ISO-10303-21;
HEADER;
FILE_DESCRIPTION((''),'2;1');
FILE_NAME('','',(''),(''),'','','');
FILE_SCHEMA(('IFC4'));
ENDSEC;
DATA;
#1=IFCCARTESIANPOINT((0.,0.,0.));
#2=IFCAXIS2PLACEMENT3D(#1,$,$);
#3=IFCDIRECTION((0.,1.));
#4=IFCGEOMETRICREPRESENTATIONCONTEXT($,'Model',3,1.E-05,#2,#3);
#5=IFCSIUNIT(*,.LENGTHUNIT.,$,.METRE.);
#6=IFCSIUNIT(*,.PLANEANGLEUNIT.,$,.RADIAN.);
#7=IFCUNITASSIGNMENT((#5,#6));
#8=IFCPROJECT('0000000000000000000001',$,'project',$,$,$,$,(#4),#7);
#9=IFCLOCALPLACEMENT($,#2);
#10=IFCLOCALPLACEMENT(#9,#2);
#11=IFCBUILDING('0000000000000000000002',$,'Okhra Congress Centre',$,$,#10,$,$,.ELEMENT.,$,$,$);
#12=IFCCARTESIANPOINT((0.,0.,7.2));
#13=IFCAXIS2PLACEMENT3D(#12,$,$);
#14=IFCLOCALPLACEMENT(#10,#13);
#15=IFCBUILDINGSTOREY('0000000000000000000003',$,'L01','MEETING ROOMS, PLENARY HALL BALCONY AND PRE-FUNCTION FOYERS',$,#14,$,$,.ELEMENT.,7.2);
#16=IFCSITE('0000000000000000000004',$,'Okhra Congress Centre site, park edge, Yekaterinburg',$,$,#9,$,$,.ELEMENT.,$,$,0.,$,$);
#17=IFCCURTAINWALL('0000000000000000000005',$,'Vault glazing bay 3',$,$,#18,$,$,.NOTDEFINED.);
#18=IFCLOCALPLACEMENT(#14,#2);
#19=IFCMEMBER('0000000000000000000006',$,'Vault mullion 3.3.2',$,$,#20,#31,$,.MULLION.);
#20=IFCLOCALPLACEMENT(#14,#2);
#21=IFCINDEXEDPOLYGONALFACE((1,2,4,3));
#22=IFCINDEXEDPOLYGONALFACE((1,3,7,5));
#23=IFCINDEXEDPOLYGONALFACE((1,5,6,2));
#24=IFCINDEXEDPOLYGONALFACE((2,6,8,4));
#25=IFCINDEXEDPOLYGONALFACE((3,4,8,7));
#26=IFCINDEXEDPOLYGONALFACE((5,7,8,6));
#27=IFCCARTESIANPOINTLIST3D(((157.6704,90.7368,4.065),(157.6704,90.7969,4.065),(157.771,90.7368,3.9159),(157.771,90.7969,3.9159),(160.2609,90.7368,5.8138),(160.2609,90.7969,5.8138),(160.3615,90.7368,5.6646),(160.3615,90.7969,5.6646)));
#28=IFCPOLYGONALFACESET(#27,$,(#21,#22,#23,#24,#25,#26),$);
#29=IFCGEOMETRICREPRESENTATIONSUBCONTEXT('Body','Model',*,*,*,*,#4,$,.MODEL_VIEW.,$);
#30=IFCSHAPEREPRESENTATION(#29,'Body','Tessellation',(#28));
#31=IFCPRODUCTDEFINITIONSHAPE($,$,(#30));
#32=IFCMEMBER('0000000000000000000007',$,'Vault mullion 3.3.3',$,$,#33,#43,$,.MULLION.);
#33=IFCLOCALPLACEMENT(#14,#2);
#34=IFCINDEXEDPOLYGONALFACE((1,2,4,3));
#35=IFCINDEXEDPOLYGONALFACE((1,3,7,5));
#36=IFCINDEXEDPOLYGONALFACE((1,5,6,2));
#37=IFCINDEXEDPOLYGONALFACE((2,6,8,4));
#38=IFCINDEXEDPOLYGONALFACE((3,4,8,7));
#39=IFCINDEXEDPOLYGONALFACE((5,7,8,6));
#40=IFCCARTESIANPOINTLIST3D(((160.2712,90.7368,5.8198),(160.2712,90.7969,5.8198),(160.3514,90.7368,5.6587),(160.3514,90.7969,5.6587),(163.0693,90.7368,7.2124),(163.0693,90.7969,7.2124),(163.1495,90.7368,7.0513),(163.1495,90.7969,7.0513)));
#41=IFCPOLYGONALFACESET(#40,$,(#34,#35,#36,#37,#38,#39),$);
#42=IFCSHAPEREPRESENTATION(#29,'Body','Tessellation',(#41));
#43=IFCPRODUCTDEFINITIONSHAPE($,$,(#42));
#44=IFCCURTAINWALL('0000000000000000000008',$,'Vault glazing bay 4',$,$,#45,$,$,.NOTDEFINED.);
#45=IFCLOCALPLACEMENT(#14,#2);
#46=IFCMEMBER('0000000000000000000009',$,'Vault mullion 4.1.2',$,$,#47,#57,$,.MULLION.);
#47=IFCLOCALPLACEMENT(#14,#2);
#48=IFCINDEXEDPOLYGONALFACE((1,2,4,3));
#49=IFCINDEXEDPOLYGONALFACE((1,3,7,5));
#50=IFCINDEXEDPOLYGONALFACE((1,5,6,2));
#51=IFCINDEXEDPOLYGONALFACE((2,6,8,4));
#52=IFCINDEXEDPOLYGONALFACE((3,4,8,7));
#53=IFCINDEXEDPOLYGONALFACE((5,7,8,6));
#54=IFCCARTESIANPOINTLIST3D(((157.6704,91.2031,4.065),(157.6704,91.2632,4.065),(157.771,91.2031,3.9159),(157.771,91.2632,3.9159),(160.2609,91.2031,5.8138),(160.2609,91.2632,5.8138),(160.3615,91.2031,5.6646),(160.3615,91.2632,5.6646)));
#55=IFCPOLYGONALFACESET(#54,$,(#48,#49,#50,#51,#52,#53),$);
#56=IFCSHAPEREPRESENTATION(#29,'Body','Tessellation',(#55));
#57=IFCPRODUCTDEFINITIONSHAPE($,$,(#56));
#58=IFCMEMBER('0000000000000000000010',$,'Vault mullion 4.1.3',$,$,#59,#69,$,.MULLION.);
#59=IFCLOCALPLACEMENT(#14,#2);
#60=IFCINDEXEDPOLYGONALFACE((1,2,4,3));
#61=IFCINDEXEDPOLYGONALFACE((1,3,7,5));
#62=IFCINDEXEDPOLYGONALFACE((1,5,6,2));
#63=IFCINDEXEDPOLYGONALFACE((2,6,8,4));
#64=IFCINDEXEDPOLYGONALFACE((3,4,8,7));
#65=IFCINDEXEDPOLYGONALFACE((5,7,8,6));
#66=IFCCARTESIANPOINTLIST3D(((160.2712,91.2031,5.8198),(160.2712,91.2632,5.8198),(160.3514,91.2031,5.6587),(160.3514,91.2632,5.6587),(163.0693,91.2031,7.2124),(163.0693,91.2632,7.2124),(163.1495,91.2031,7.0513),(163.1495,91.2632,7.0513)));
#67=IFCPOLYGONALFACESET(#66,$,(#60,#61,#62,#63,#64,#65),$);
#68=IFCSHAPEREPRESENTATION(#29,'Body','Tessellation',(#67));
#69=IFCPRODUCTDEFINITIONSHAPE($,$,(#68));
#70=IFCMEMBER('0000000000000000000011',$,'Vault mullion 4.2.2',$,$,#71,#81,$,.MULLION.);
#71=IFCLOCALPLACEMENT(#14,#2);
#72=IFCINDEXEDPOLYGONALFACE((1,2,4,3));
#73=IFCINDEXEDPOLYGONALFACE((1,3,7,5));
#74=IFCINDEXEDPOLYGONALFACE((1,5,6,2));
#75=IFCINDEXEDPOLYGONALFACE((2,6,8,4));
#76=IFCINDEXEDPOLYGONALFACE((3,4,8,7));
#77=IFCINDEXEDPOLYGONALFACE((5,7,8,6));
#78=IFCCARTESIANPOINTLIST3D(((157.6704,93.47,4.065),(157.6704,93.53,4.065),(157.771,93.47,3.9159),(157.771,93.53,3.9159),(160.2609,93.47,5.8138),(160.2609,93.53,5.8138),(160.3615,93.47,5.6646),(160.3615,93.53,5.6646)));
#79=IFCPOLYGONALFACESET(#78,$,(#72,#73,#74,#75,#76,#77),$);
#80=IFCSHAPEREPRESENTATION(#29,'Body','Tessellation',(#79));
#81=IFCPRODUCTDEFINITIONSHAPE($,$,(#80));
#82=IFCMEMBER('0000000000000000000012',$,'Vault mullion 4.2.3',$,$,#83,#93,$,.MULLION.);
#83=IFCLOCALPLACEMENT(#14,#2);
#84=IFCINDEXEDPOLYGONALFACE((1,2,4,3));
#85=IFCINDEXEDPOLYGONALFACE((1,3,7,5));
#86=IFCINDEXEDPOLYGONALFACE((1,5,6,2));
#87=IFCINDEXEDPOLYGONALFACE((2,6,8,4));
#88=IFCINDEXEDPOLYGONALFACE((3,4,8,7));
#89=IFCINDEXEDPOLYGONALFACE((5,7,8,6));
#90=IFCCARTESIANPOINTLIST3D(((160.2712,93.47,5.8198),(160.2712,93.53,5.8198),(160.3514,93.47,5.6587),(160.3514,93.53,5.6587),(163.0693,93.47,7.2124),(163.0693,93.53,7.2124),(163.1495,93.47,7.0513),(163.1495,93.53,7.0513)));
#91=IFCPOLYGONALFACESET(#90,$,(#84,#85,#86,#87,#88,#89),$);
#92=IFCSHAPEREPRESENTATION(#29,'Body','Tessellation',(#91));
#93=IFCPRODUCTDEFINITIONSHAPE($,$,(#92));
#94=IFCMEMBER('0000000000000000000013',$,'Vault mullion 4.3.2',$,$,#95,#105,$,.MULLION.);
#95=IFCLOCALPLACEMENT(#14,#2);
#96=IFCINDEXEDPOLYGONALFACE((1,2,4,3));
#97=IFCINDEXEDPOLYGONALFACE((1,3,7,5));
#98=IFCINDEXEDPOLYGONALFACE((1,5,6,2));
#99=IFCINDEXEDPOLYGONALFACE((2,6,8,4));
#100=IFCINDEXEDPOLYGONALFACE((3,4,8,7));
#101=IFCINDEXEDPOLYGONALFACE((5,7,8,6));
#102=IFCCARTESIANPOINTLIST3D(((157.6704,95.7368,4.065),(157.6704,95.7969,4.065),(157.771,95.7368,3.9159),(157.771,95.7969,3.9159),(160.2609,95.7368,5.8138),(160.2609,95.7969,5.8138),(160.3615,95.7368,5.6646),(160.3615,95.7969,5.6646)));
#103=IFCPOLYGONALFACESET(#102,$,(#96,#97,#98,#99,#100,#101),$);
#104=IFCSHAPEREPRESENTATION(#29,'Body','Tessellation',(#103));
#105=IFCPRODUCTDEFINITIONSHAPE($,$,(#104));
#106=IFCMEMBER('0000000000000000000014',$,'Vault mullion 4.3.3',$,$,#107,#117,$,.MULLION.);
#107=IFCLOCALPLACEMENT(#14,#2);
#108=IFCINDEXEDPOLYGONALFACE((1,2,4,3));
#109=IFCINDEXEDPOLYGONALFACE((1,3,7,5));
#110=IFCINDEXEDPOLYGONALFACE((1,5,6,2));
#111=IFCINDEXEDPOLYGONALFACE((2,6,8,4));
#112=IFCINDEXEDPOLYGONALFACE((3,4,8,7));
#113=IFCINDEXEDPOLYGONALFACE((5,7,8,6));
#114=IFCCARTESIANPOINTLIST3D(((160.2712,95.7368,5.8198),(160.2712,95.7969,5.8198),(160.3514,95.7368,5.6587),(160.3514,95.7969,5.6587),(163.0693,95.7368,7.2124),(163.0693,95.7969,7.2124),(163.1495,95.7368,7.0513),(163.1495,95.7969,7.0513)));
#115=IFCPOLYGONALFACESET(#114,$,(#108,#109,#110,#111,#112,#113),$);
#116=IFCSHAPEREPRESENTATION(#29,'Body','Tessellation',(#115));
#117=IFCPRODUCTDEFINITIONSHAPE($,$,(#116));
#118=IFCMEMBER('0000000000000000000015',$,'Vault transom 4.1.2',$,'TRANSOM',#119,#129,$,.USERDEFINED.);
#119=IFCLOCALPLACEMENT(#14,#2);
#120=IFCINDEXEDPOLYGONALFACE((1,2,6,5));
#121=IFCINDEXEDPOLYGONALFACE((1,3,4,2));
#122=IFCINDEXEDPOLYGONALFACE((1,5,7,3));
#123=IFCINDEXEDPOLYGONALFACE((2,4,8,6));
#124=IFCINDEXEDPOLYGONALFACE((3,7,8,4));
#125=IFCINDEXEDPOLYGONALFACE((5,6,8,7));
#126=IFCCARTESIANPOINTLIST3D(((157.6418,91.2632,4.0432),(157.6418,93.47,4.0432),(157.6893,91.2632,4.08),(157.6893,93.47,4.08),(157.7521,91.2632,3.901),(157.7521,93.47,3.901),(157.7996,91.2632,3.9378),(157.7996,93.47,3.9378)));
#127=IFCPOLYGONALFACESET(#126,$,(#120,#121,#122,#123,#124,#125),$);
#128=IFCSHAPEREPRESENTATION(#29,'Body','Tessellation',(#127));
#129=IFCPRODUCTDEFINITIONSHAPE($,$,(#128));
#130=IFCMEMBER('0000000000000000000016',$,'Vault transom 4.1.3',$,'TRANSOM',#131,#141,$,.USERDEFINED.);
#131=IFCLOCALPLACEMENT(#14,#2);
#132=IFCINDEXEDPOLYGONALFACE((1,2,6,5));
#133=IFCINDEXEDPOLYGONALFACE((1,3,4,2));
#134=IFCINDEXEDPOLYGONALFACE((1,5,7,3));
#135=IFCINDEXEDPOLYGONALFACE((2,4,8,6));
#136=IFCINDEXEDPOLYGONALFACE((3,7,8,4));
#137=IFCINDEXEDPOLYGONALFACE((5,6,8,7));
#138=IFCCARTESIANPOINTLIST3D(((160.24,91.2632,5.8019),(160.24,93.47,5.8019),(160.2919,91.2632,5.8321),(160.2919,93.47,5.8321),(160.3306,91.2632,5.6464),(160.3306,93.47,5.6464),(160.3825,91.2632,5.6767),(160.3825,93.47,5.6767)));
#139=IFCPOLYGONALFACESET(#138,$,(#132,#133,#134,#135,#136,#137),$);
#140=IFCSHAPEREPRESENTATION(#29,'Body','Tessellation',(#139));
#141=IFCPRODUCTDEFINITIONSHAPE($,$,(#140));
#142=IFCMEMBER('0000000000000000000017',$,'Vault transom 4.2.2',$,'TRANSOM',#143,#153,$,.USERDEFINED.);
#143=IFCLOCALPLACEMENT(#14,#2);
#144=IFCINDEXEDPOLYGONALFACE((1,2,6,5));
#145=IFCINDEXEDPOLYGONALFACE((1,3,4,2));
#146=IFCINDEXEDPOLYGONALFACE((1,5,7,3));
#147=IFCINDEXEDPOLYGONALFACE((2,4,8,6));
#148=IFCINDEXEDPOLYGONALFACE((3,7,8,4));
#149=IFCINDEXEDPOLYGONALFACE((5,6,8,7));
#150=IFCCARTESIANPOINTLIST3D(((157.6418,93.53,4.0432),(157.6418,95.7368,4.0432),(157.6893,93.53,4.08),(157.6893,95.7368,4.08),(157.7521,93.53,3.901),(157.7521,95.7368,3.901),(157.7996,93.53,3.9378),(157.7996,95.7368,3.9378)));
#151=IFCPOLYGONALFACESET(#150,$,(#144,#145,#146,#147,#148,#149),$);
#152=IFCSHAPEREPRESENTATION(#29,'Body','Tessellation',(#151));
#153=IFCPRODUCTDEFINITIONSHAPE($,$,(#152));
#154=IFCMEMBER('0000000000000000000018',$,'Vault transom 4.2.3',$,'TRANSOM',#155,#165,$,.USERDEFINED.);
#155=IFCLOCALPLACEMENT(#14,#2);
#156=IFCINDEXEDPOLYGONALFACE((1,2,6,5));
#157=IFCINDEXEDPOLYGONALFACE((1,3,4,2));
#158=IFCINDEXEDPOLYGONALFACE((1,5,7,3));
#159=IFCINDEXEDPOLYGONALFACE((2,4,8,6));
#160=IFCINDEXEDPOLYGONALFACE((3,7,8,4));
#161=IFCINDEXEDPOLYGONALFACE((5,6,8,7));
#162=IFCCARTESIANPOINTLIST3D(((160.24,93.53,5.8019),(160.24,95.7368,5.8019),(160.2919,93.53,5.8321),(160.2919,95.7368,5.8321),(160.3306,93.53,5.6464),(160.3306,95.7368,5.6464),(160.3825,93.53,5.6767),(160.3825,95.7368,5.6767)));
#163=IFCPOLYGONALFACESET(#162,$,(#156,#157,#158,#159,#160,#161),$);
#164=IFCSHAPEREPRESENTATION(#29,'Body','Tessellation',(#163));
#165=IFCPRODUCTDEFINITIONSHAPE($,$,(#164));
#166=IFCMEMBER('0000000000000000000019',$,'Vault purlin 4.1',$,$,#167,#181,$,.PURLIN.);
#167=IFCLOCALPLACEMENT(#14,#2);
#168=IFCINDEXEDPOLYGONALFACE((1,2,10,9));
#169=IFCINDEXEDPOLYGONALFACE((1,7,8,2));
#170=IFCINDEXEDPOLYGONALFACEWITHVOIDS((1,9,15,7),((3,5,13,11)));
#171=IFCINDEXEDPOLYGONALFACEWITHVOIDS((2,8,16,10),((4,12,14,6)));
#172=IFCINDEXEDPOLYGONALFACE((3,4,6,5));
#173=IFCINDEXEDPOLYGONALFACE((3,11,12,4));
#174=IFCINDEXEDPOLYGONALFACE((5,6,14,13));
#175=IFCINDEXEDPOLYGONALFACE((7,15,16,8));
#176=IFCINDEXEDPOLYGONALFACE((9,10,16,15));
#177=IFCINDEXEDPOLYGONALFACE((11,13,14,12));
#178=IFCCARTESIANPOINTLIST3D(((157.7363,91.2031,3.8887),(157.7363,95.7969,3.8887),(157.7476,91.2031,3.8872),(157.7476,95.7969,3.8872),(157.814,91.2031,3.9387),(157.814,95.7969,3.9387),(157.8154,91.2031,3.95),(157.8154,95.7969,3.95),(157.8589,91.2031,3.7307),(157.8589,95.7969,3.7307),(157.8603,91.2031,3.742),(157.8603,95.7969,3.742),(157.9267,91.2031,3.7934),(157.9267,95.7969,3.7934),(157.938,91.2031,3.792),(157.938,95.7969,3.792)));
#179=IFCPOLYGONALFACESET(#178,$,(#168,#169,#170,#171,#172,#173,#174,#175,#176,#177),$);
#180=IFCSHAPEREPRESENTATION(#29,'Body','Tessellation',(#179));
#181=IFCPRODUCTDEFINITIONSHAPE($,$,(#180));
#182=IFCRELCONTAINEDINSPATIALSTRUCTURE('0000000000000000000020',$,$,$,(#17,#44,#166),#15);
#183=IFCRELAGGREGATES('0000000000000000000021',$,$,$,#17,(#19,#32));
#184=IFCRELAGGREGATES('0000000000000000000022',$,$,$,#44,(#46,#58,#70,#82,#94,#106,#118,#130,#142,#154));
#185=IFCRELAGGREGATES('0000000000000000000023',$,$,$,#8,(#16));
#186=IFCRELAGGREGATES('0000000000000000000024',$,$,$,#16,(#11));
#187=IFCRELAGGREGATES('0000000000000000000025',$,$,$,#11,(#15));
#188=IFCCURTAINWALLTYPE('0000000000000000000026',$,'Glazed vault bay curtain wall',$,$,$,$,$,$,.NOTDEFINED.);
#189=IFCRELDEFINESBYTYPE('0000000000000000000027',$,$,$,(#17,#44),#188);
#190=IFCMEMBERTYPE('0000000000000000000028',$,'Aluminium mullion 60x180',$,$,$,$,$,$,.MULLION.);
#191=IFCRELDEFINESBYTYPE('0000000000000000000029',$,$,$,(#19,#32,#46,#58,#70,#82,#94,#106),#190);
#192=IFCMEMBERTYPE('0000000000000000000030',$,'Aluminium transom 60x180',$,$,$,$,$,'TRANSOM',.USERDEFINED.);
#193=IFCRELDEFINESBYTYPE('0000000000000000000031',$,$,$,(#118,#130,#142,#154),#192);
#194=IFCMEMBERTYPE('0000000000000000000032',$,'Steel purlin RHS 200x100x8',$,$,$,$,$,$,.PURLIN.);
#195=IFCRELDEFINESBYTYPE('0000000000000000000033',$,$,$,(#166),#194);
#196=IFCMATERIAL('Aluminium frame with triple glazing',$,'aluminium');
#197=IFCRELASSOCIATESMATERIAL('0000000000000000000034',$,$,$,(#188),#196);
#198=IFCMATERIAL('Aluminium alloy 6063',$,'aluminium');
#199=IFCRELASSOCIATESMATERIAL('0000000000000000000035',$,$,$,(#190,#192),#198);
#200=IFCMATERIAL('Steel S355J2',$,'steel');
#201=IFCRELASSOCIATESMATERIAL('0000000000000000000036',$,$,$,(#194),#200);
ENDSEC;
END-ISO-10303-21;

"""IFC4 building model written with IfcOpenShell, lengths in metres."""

from ifc_helpers import new_model, si_unit, direction, frame, origin, origin_2d, place, context, subcontext, project, spatial, rectangle, hollow_rectangle, extrude, material, material_profile, profile_set, type_object, element, aggregate, save


model = new_model("IFC4")

# Units and contexts
model_context = context("Model", 3, precision=1e-05, world=origin(), true_north=direction((0.0, 1.0)))
body_context = subcontext(model_context, "Body", "Model", "MODEL_VIEW")
ifc_project = project(units=[si_unit("LENGTHUNIT", "METRE"), si_unit("PLANEANGLEUNIT", "RADIAN")], contexts=[model_context])

# Site, building, storey
site_placement = place(None, origin())
site = spatial("IfcSite", under=ifc_project, at=site_placement, Name="Okhra Congress Centre site, park edge, Yekaterinburg", CompositionType="ELEMENT", RefElevation=0.0)
building_placement = place(site_placement, origin())
building = spatial("IfcBuilding", under=site, at=building_placement, Name="Okhra Congress Centre", CompositionType="ELEMENT")
storey_placement = place(building_placement, frame((0.0, 0.0, 7.2)))
storey = spatial("IfcBuildingStorey", under=building, at=storey_placement, Name="L01", Description="MEETING ROOMS, PLENARY HALL BALCONY AND PRE-FUNCTION FOYERS", CompositionType="ELEMENT", Elevation=7.2)

# Curtain walls, members
ifc_material_1 = material(Name="Aluminium frame with triple glazing", Category="aluminium")
curtain_wall_type = type_object("IfcCurtainWallType", Name="Glazed vault bay curtain wall", PredefinedType="NOTDEFINED", material=ifc_material_1)
curtain_wall_1_placement = place(storey_placement, origin())
curtain_wall_1 = element("IfcCurtainWall", 1, at=curtain_wall_1_placement, inside=storey, type_object=curtain_wall_type, Name="Vault glazing bay 3", PredefinedType="NOTDEFINED")
ifc_material_2 = material(Name="Aluminium alloy 6063", Category="aluminium")
ifc_material_profile_1 = material_profile(ifc_material_2, rectangle(XDim=0.0601, YDim=0.1799, at=origin_2d()), Name="AL 60x180")
ifc_profile_set_1 = profile_set([ifc_material_profile_1], Name="Aluminium alloy 6063")
member_type_1 = type_object("IfcMemberType", Name="Aluminium mullion 60x180", PredefinedType="MULLION", material=ifc_profile_set_1)
member_1_placement = place(storey_placement, frame((157.7207, 90.7668, 3.9905), z_axis=(0.828828, 0.0, 0.559504), x_axis=(0.0, 1.0, 0.0)))
member_1 = element("IfcMember", 2, at=member_1_placement, type_object=member_type_1, Name="Vault mullion 3.3.2", PredefinedType="MULLION", context=body_context, shape_type="SweptSolid", body=[
    extrude(rectangle(XDim=0.0601, YDim=0.1799, at=origin_2d()), origin(), (0.0, 0.0, 1.0), 3.1255),
])
member_2_placement = place(storey_placement, frame((160.3113, 90.7668, 5.7393), z_axis=(0.895254, 0.0, 0.445557), x_axis=(0.0, 1.0, 0.0)))
member_2 = element("IfcMember", 3, at=member_2_placement, type_object=member_type_1, Name="Vault mullion 3.3.3", PredefinedType="MULLION", context=body_context, shape_type="SweptSolid", body=[
    extrude(rectangle(XDim=0.0601, YDim=0.1799, at=origin_2d()), origin(), (0.0, 0.0, 1.0), 3.1255),
])
aggregate(curtain_wall_1, [member_1, member_2])
curtain_wall_2_placement = place(storey_placement, origin())
curtain_wall_2 = element("IfcCurtainWall", 4, at=curtain_wall_2_placement, inside=storey, type_object=curtain_wall_type, Name="Vault glazing bay 4", PredefinedType="NOTDEFINED")
member_3_placement = place(storey_placement, frame((157.7207, 91.2332, 3.9905), z_axis=(0.828828, 0.0, 0.559504), x_axis=(0.0, 1.0, 0.0)))
member_3 = element("IfcMember", 5, at=member_3_placement, type_object=member_type_1, Name="Vault mullion 4.1.2", PredefinedType="MULLION", context=body_context, shape_type="SweptSolid", body=[
    extrude(rectangle(XDim=0.0601, YDim=0.1799, at=origin_2d()), origin(), (0.0, 0.0, 1.0), 3.1255),
])
member_4_placement = place(storey_placement, frame((160.3113, 91.2332, 5.7393), z_axis=(0.895254, 0.0, 0.445557), x_axis=(0.0, 1.0, 0.0)))
member_4 = element("IfcMember", 6, at=member_4_placement, type_object=member_type_1, Name="Vault mullion 4.1.3", PredefinedType="MULLION", context=body_context, shape_type="SweptSolid", body=[
    extrude(rectangle(XDim=0.0601, YDim=0.1799, at=origin_2d()), origin(), (0.0, 0.0, 1.0), 3.1255),
])
member_5_placement = place(storey_placement, frame((157.7207, 93.5, 3.9905), z_axis=(0.828828, 0.0, 0.559504), x_axis=(0.0, 1.0, 0.0)))
member_5 = element("IfcMember", 7, at=member_5_placement, type_object=member_type_1, Name="Vault mullion 4.2.2", PredefinedType="MULLION", context=body_context, shape_type="SweptSolid", body=[
    extrude(rectangle(XDim=0.0601, YDim=0.1799, at=origin_2d()), origin(), (0.0, 0.0, 1.0), 3.1255),
])
member_6_placement = place(storey_placement, frame((160.3113, 93.5, 5.7393), z_axis=(0.895254, 0.0, 0.445557), x_axis=(0.0, 1.0, 0.0)))
member_6 = element("IfcMember", 8, at=member_6_placement, type_object=member_type_1, Name="Vault mullion 4.2.3", PredefinedType="MULLION", context=body_context, shape_type="SweptSolid", body=[
    extrude(rectangle(XDim=0.0601, YDim=0.1799, at=origin_2d()), origin(), (0.0, 0.0, 1.0), 3.1255),
])
member_7_placement = place(storey_placement, frame((157.7207, 95.7668, 3.9905), z_axis=(0.828828, 0.0, 0.559504), x_axis=(0.0, 1.0, 0.0)))
member_7 = element("IfcMember", 9, at=member_7_placement, type_object=member_type_1, Name="Vault mullion 4.3.2", PredefinedType="MULLION", context=body_context, shape_type="SweptSolid", body=[
    extrude(rectangle(XDim=0.0601, YDim=0.1799, at=origin_2d()), origin(), (0.0, 0.0, 1.0), 3.1255),
])
member_8_placement = place(storey_placement, frame((160.3113, 95.7668, 5.7393), z_axis=(0.895254, 0.0, 0.445557), x_axis=(0.0, 1.0, 0.0)))
member_8 = element("IfcMember", 10, at=member_8_placement, type_object=member_type_1, Name="Vault mullion 4.3.3", PredefinedType="MULLION", context=body_context, shape_type="SweptSolid", body=[
    extrude(rectangle(XDim=0.0601, YDim=0.1799, at=origin_2d()), origin(), (0.0, 0.0, 1.0), 3.1255),
])
ifc_material_profile_2 = material_profile(ifc_material_2, rectangle(XDim=0.0601, YDim=0.1799, at=origin_2d()), Name="AL 60x180 transom")
ifc_profile_set_2 = profile_set([ifc_material_profile_2], Name="Aluminium alloy 6063")
member_type_2 = type_object("IfcMemberType", Name="Aluminium transom 60x180", ElementType="TRANSOM", PredefinedType="USERDEFINED", material=ifc_profile_set_2)
member_9_placement = place(storey_placement, frame((157.7207, 91.2632, 3.9905), z_axis=(0.0, 1.0, 0.0), x_axis=(-0.790145, 0.0, -0.61292)))
member_9 = element("IfcMember", 11, at=member_9_placement, type_object=member_type_2, Name="Vault transom 4.1.2", ObjectType="TRANSOM", PredefinedType="USERDEFINED", context=body_context, shape_type="SweptSolid", body=[
    extrude(rectangle(XDim=0.0601, YDim=0.1799, at=origin_2d()), origin(), (0.0, 0.0, 1.0), 2.2068),
])
member_10_placement = place(storey_placement, frame((160.3113, 91.2632, 5.7393), z_axis=(0.0, 1.0, 0.0), x_axis=(-0.863917, 0.0, -0.503634)))
member_10 = element("IfcMember", 12, at=member_10_placement, type_object=member_type_2, Name="Vault transom 4.1.3", ObjectType="TRANSOM", PredefinedType="USERDEFINED", context=body_context, shape_type="SweptSolid", body=[
    extrude(rectangle(XDim=0.0601, YDim=0.1799, at=origin_2d()), origin(), (0.0, 0.0, 1.0), 2.2068),
])
member_11_placement = place(storey_placement, frame((157.7207, 93.53, 3.9905), z_axis=(0.0, 1.0, 0.0), x_axis=(-0.790145, 0.0, -0.61292)))
member_11 = element("IfcMember", 13, at=member_11_placement, type_object=member_type_2, Name="Vault transom 4.2.2", ObjectType="TRANSOM", PredefinedType="USERDEFINED", context=body_context, shape_type="SweptSolid", body=[
    extrude(rectangle(XDim=0.0601, YDim=0.1799, at=origin_2d()), origin(), (0.0, 0.0, 1.0), 2.2068),
])
member_12_placement = place(storey_placement, frame((160.3113, 93.53, 5.7393), z_axis=(0.0, 1.0, 0.0), x_axis=(-0.863917, 0.0, -0.503634)))
member_12 = element("IfcMember", 14, at=member_12_placement, type_object=member_type_2, Name="Vault transom 4.2.3", ObjectType="TRANSOM", PredefinedType="USERDEFINED", context=body_context, shape_type="SweptSolid", body=[
    extrude(rectangle(XDim=0.0601, YDim=0.1799, at=origin_2d()), origin(), (0.0, 0.0, 1.0), 2.2068),
])

# Member
ifc_material_3 = material(Name="Steel S355J2", Category="steel")
ifc_material_profile_3 = material_profile(ifc_material_3, hollow_rectangle(XDim=0.1001, YDim=0.2, WallThickness=0.0081, at=origin_2d()), Name="RHS 200x100x8")
ifc_profile_set_3 = profile_set([ifc_material_profile_3], Name="Steel S355J2")
member_type_3 = type_object("IfcMemberType", Name="Steel purlin RHS 200x100x8", PredefinedType="PURLIN", material=ifc_profile_set_3)
member_13_placement = place(storey_placement, frame((157.8372, 91.2031, 3.8403), z_axis=(0.0, 1.0, 0.0), x_axis=(-0.790145, 0.0, -0.61292)))
element("IfcMember", 15, at=member_13_placement, inside=storey, type_object=member_type_3, Name="Vault purlin 4.1", PredefinedType="PURLIN", context=body_context, shape_type="SweptSolid", body=[
    extrude(hollow_rectangle(XDim=0.1001, YDim=0.2, WallThickness=0.0081, at=origin_2d()), origin(), (0.0, 0.0, 1.0), 4.5938),
])

aggregate(curtain_wall_2, [member_3, member_4, member_5, member_6, member_7, member_8, member_9, member_10, member_11, member_12])

save(model, "model.ifc")
